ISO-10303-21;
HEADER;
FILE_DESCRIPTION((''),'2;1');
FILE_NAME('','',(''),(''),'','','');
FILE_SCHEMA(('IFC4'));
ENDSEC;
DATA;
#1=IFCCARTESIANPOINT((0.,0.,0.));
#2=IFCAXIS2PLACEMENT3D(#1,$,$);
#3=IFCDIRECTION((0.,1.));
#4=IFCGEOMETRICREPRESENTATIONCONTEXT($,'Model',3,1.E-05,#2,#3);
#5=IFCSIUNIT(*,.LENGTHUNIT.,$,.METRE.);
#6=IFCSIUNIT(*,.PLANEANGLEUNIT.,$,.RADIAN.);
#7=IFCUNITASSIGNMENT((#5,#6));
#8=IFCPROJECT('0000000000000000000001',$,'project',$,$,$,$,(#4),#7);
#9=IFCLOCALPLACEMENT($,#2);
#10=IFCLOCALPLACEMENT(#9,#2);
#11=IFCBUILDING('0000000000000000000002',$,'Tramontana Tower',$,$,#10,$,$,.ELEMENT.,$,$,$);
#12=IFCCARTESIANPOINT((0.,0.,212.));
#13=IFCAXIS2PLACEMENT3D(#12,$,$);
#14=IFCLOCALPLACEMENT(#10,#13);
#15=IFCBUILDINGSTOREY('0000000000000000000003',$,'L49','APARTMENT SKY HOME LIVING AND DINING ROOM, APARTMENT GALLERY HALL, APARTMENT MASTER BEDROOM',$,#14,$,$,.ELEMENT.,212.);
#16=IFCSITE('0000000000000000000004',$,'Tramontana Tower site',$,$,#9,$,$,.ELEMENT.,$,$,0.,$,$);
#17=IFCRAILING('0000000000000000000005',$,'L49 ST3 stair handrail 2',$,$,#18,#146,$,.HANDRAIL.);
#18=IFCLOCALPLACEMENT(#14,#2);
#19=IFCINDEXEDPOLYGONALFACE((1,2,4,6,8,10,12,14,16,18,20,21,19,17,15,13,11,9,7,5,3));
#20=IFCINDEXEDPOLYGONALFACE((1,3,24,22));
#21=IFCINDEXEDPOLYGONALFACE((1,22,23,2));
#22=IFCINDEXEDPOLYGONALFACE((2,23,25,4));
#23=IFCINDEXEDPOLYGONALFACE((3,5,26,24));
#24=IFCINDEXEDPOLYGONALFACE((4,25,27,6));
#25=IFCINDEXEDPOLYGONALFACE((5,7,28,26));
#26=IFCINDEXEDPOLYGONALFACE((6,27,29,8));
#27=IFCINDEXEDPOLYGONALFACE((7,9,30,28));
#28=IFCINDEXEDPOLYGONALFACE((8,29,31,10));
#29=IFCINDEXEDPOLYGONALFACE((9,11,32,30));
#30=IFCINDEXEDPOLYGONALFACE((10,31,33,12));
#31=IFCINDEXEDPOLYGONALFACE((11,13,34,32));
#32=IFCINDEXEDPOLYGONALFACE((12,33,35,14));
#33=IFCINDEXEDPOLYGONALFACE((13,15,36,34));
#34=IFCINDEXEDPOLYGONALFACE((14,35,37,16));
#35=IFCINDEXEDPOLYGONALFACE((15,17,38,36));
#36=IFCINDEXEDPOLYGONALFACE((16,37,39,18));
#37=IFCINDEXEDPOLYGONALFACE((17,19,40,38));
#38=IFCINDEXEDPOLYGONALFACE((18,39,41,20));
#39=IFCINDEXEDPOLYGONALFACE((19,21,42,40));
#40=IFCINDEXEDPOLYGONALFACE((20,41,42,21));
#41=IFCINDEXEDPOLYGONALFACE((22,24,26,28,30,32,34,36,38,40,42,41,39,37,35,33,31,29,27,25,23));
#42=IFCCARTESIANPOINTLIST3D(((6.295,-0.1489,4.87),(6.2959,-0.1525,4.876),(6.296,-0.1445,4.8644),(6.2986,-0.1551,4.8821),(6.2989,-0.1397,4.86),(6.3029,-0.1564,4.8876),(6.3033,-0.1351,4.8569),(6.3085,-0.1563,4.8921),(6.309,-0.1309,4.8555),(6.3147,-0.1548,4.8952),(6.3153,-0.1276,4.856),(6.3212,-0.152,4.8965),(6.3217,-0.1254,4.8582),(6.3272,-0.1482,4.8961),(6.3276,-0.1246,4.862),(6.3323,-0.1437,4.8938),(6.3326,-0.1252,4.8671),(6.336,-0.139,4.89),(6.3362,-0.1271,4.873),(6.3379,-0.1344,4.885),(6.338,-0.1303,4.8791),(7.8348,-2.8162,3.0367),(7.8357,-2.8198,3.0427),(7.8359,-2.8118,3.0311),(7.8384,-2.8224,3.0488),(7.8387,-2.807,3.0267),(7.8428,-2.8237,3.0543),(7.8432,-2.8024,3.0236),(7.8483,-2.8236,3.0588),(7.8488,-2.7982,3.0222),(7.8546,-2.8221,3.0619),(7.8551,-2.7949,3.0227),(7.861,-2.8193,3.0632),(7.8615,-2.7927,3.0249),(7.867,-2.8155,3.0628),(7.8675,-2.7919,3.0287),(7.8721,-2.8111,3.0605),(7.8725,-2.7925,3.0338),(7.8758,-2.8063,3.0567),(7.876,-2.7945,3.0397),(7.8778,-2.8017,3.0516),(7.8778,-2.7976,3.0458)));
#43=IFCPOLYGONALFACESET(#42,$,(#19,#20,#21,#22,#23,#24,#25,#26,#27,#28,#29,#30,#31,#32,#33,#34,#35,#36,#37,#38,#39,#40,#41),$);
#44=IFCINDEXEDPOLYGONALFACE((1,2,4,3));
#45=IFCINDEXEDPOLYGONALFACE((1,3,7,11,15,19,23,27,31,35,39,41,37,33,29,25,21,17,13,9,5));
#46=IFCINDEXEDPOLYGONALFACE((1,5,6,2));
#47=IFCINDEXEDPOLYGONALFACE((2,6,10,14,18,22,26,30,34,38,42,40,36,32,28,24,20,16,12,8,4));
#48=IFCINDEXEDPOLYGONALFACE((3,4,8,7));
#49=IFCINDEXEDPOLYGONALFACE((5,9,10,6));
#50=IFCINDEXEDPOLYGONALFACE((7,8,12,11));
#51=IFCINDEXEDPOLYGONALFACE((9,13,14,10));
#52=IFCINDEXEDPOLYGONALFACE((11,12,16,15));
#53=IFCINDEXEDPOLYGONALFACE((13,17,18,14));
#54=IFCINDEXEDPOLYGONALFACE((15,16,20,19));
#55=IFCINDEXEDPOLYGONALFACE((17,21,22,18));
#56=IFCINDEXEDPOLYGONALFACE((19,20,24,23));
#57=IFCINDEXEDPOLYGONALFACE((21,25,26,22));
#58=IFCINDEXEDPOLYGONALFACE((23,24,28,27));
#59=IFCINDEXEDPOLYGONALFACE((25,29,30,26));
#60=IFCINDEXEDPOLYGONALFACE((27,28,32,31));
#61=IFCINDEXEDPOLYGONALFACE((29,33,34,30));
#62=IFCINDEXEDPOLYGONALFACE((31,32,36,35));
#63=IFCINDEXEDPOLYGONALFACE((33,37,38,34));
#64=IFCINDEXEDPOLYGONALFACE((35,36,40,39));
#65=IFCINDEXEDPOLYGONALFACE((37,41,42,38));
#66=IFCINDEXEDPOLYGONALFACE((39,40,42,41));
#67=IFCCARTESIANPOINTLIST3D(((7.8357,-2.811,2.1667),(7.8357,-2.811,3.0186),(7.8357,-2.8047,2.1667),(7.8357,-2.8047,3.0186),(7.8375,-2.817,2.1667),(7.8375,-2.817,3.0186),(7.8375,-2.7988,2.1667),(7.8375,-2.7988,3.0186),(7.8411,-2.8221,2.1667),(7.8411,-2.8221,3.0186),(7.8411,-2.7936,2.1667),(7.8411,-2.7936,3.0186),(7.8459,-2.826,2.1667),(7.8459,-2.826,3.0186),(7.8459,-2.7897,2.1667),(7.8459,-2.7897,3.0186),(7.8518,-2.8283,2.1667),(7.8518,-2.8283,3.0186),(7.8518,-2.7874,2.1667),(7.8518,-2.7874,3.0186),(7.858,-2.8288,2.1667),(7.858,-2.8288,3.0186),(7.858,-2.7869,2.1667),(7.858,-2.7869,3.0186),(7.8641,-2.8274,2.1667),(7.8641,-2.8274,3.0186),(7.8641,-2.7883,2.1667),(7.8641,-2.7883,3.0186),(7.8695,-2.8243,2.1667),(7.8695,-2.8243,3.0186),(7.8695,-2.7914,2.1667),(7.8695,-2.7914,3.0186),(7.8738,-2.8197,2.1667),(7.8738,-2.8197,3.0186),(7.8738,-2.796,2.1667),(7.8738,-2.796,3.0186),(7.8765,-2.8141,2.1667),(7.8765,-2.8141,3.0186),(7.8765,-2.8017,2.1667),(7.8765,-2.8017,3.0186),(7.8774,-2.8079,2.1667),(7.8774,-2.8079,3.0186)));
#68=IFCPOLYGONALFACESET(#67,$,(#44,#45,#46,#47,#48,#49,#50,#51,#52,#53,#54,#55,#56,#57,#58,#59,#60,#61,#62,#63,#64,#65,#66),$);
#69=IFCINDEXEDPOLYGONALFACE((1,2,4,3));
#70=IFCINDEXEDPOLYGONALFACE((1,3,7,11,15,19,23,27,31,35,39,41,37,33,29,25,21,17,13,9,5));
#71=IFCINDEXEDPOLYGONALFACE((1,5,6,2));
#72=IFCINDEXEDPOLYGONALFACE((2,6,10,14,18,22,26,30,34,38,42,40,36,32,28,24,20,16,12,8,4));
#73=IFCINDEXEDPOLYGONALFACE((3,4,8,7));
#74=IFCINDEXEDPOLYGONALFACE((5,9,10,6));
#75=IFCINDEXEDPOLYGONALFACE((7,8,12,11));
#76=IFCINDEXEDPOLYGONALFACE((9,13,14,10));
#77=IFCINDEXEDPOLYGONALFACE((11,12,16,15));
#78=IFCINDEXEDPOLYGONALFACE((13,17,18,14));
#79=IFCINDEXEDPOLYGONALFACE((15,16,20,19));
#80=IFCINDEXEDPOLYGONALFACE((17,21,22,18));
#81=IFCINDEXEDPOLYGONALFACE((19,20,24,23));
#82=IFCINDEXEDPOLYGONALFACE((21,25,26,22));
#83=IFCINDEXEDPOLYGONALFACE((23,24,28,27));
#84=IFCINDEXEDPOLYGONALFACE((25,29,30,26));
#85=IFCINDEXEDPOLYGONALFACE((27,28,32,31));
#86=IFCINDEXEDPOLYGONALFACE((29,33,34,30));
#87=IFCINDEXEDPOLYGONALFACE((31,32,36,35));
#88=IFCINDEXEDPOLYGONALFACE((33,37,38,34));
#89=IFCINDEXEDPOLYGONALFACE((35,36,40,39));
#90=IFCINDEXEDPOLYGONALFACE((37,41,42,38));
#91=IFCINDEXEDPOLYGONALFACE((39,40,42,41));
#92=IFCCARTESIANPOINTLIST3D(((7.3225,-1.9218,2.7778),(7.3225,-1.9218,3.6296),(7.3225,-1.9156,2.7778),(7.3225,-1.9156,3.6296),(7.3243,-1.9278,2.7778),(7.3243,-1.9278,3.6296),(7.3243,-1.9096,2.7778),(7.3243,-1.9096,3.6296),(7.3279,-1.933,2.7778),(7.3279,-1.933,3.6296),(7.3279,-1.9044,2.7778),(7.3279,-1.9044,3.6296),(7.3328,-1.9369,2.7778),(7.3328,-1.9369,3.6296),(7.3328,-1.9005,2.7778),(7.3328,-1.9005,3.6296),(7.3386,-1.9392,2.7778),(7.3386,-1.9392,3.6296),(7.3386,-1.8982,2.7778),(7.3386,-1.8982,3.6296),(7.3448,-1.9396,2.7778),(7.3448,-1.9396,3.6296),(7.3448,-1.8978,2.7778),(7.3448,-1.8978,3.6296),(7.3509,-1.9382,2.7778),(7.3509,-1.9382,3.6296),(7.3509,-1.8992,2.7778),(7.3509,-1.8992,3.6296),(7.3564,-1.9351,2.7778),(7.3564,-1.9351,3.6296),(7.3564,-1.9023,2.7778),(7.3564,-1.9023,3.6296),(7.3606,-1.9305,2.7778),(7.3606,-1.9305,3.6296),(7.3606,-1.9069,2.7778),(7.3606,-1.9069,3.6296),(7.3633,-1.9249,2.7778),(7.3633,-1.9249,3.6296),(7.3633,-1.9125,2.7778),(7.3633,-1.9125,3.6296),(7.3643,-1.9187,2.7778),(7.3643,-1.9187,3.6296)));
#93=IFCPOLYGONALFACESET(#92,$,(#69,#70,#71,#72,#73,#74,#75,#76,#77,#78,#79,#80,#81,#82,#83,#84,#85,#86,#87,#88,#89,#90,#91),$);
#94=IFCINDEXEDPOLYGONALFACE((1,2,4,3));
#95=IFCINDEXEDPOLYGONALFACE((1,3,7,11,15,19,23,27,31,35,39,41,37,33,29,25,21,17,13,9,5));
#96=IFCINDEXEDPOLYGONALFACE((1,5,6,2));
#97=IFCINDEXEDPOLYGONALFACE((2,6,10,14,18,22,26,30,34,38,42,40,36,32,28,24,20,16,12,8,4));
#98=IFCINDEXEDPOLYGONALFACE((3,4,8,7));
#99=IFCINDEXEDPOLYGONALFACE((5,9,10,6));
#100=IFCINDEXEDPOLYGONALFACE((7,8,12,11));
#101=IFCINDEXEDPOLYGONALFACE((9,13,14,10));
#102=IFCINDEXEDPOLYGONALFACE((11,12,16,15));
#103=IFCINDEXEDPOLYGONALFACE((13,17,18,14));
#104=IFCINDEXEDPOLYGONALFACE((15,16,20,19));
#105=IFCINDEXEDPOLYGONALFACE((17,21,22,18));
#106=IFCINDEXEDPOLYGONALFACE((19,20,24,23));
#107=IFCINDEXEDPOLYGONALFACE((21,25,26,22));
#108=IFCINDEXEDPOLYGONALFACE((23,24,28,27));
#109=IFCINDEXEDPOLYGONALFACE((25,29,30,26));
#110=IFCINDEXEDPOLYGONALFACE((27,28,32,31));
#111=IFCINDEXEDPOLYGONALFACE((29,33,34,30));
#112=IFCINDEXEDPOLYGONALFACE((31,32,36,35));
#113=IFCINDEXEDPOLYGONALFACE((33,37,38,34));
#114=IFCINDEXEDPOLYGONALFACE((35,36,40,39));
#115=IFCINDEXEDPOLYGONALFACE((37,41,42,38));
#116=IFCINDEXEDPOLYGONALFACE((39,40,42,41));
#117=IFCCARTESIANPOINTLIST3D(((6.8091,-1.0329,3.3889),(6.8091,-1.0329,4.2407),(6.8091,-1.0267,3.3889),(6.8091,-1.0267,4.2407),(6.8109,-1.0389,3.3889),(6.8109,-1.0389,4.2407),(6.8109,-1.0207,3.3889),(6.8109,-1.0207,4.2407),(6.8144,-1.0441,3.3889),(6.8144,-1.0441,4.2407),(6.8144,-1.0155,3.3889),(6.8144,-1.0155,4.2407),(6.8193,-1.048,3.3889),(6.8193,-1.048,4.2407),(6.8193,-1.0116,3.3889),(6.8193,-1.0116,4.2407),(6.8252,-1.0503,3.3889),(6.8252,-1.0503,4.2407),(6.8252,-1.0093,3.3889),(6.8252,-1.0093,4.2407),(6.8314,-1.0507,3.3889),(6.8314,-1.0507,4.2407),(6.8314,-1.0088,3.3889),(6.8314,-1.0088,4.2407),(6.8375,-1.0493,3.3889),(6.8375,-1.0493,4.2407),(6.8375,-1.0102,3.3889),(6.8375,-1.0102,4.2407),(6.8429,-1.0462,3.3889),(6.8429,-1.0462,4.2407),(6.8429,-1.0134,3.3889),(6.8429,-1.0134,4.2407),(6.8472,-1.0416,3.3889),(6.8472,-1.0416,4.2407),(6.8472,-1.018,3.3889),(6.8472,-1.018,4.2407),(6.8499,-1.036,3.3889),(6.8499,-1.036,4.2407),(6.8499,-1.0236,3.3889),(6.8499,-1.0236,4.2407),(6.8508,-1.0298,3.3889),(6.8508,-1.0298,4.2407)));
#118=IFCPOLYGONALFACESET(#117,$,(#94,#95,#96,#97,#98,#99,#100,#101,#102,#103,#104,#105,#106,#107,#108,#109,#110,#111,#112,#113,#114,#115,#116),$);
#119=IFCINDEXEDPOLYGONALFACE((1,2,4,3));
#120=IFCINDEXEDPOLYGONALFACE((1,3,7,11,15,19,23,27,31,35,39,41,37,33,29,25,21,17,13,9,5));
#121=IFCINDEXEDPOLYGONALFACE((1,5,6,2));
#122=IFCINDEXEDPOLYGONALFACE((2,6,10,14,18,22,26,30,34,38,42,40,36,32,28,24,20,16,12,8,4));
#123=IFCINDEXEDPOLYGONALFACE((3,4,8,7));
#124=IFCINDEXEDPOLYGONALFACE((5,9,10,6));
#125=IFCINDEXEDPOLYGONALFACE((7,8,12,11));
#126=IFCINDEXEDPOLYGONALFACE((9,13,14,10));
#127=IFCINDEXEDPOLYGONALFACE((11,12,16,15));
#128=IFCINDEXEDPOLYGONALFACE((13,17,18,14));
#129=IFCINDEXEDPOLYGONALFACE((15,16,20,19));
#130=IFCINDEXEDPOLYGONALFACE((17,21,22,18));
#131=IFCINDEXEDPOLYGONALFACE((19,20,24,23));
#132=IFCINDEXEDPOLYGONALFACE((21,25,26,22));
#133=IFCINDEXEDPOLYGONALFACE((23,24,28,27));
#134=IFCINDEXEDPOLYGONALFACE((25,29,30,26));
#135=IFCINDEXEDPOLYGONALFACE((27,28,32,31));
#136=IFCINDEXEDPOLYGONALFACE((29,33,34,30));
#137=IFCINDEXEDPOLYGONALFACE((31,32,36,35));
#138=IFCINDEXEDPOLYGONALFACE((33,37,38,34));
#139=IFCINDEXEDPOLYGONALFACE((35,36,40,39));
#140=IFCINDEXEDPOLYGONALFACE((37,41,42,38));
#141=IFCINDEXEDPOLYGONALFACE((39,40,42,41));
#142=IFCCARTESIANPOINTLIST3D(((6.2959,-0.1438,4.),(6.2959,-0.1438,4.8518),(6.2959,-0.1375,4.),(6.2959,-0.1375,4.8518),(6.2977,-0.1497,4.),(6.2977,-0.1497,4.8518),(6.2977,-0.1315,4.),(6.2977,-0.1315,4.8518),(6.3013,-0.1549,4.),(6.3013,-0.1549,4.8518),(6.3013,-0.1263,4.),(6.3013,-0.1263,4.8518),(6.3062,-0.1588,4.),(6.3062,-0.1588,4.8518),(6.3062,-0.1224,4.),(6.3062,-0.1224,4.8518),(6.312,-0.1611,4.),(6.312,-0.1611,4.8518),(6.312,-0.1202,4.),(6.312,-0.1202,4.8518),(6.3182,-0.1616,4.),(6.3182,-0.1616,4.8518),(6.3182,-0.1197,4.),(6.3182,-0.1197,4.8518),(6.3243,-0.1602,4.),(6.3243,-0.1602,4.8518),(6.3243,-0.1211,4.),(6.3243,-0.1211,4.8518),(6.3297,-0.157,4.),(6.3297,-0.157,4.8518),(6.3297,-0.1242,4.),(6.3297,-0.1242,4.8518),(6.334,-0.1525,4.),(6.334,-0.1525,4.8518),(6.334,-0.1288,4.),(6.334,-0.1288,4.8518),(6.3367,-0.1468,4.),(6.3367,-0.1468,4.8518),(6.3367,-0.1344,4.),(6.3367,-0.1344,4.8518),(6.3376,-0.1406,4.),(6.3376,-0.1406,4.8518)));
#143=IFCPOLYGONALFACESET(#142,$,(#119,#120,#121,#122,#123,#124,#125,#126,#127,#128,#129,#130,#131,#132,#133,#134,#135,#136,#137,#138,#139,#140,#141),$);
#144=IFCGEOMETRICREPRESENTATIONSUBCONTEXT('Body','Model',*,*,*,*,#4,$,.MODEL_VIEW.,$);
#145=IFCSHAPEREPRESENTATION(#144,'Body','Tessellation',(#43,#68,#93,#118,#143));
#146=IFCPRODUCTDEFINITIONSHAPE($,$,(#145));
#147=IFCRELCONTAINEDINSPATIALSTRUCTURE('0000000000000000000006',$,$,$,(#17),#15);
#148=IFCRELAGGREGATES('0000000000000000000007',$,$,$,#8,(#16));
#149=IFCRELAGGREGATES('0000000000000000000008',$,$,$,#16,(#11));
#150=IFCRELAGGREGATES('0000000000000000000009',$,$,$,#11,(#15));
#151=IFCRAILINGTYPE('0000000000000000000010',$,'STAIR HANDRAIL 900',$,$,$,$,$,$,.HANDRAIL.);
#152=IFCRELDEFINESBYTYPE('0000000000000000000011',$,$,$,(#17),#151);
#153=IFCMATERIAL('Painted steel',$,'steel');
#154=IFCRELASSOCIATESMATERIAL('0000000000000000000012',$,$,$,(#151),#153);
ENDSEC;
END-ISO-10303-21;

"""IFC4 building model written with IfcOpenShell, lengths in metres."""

from ifc_helpers import new_model, si_unit, direction, frame, origin, origin_2d, place, context, subcontext, project, spatial, circle, extrude, material, type_object, element, save


model = new_model("IFC4")

# Units and contexts
model_context = context("Model", 3, precision=1e-05, world=origin(), true_north=direction((0.0, 1.0)))
body_context = subcontext(model_context, "Body", "Model", "MODEL_VIEW")
ifc_project = project(units=[si_unit("LENGTHUNIT", "METRE"), si_unit("PLANEANGLEUNIT", "RADIAN")], contexts=[model_context])

# Site, building, storey
site_placement = place(None, origin())
site = spatial("IfcSite", under=ifc_project, at=site_placement, Name="Tramontana Tower site", CompositionType="ELEMENT", RefElevation=0.0)
building_placement = place(site_placement, origin())
building = spatial("IfcBuilding", under=site, at=building_placement, Name="Tramontana Tower", CompositionType="ELEMENT")
storey_placement = place(building_placement, frame((0.0, 0.0, 212.0)))
storey = spatial("IfcBuildingStorey", under=building, at=storey_placement, Name="L49", Description="APARTMENT SKY HOME LIVING AND DINING ROOM, APARTMENT GALLERY HALL, APARTMENT MASTER BEDROOM", CompositionType="ELEMENT", Elevation=212.0)

# Railing
ifc_material_1 = material(Name="Painted steel", Category="steel")
railing_type_1 = type_object("IfcRailingType", Name="STAIR HANDRAIL 900", PredefinedType="HANDRAIL", material=ifc_material_1)
railing_1_placement = place(storey_placement, frame((7.8564, -2.8079, 2.1667)))
element("IfcRailing", 1, at=railing_1_placement, inside=storey, type_object=railing_type_1, Name="L49 ST3 stair handrail 2", PredefinedType="HANDRAIL", context=body_context, shape_type="SweptSolid", body=[
    extrude(circle(Radius=0.0239, at=origin_2d()), frame((0.0, 0.0, 0.876), z_axis=(-0.429616, 0.744181, 0.511493), x_axis=(-0.866044, -0.499967, 0.0)), (0.0, 0.0, 1.0), 3.5842),
    extrude(circle(Radius=0.021, at=origin_2d()), origin(), (0.0, 0.0, 1.0), 0.8518),
    extrude(circle(Radius=0.021, at=origin_2d()), frame((-0.5132, 0.8892, 0.6111)), (0.0, 0.0, 1.0), 0.8518),
    extrude(circle(Radius=0.021, at=origin_2d()), frame((-1.0266, 1.7781, 1.2222)), (0.0, 0.0, 1.0), 0.8518),
    extrude(circle(Radius=0.021, at=origin_2d()), frame((-1.5398, 2.6672, 1.8333)), (0.0, 0.0, 1.0), 0.8518),
])

save(model, "model.ifc")
